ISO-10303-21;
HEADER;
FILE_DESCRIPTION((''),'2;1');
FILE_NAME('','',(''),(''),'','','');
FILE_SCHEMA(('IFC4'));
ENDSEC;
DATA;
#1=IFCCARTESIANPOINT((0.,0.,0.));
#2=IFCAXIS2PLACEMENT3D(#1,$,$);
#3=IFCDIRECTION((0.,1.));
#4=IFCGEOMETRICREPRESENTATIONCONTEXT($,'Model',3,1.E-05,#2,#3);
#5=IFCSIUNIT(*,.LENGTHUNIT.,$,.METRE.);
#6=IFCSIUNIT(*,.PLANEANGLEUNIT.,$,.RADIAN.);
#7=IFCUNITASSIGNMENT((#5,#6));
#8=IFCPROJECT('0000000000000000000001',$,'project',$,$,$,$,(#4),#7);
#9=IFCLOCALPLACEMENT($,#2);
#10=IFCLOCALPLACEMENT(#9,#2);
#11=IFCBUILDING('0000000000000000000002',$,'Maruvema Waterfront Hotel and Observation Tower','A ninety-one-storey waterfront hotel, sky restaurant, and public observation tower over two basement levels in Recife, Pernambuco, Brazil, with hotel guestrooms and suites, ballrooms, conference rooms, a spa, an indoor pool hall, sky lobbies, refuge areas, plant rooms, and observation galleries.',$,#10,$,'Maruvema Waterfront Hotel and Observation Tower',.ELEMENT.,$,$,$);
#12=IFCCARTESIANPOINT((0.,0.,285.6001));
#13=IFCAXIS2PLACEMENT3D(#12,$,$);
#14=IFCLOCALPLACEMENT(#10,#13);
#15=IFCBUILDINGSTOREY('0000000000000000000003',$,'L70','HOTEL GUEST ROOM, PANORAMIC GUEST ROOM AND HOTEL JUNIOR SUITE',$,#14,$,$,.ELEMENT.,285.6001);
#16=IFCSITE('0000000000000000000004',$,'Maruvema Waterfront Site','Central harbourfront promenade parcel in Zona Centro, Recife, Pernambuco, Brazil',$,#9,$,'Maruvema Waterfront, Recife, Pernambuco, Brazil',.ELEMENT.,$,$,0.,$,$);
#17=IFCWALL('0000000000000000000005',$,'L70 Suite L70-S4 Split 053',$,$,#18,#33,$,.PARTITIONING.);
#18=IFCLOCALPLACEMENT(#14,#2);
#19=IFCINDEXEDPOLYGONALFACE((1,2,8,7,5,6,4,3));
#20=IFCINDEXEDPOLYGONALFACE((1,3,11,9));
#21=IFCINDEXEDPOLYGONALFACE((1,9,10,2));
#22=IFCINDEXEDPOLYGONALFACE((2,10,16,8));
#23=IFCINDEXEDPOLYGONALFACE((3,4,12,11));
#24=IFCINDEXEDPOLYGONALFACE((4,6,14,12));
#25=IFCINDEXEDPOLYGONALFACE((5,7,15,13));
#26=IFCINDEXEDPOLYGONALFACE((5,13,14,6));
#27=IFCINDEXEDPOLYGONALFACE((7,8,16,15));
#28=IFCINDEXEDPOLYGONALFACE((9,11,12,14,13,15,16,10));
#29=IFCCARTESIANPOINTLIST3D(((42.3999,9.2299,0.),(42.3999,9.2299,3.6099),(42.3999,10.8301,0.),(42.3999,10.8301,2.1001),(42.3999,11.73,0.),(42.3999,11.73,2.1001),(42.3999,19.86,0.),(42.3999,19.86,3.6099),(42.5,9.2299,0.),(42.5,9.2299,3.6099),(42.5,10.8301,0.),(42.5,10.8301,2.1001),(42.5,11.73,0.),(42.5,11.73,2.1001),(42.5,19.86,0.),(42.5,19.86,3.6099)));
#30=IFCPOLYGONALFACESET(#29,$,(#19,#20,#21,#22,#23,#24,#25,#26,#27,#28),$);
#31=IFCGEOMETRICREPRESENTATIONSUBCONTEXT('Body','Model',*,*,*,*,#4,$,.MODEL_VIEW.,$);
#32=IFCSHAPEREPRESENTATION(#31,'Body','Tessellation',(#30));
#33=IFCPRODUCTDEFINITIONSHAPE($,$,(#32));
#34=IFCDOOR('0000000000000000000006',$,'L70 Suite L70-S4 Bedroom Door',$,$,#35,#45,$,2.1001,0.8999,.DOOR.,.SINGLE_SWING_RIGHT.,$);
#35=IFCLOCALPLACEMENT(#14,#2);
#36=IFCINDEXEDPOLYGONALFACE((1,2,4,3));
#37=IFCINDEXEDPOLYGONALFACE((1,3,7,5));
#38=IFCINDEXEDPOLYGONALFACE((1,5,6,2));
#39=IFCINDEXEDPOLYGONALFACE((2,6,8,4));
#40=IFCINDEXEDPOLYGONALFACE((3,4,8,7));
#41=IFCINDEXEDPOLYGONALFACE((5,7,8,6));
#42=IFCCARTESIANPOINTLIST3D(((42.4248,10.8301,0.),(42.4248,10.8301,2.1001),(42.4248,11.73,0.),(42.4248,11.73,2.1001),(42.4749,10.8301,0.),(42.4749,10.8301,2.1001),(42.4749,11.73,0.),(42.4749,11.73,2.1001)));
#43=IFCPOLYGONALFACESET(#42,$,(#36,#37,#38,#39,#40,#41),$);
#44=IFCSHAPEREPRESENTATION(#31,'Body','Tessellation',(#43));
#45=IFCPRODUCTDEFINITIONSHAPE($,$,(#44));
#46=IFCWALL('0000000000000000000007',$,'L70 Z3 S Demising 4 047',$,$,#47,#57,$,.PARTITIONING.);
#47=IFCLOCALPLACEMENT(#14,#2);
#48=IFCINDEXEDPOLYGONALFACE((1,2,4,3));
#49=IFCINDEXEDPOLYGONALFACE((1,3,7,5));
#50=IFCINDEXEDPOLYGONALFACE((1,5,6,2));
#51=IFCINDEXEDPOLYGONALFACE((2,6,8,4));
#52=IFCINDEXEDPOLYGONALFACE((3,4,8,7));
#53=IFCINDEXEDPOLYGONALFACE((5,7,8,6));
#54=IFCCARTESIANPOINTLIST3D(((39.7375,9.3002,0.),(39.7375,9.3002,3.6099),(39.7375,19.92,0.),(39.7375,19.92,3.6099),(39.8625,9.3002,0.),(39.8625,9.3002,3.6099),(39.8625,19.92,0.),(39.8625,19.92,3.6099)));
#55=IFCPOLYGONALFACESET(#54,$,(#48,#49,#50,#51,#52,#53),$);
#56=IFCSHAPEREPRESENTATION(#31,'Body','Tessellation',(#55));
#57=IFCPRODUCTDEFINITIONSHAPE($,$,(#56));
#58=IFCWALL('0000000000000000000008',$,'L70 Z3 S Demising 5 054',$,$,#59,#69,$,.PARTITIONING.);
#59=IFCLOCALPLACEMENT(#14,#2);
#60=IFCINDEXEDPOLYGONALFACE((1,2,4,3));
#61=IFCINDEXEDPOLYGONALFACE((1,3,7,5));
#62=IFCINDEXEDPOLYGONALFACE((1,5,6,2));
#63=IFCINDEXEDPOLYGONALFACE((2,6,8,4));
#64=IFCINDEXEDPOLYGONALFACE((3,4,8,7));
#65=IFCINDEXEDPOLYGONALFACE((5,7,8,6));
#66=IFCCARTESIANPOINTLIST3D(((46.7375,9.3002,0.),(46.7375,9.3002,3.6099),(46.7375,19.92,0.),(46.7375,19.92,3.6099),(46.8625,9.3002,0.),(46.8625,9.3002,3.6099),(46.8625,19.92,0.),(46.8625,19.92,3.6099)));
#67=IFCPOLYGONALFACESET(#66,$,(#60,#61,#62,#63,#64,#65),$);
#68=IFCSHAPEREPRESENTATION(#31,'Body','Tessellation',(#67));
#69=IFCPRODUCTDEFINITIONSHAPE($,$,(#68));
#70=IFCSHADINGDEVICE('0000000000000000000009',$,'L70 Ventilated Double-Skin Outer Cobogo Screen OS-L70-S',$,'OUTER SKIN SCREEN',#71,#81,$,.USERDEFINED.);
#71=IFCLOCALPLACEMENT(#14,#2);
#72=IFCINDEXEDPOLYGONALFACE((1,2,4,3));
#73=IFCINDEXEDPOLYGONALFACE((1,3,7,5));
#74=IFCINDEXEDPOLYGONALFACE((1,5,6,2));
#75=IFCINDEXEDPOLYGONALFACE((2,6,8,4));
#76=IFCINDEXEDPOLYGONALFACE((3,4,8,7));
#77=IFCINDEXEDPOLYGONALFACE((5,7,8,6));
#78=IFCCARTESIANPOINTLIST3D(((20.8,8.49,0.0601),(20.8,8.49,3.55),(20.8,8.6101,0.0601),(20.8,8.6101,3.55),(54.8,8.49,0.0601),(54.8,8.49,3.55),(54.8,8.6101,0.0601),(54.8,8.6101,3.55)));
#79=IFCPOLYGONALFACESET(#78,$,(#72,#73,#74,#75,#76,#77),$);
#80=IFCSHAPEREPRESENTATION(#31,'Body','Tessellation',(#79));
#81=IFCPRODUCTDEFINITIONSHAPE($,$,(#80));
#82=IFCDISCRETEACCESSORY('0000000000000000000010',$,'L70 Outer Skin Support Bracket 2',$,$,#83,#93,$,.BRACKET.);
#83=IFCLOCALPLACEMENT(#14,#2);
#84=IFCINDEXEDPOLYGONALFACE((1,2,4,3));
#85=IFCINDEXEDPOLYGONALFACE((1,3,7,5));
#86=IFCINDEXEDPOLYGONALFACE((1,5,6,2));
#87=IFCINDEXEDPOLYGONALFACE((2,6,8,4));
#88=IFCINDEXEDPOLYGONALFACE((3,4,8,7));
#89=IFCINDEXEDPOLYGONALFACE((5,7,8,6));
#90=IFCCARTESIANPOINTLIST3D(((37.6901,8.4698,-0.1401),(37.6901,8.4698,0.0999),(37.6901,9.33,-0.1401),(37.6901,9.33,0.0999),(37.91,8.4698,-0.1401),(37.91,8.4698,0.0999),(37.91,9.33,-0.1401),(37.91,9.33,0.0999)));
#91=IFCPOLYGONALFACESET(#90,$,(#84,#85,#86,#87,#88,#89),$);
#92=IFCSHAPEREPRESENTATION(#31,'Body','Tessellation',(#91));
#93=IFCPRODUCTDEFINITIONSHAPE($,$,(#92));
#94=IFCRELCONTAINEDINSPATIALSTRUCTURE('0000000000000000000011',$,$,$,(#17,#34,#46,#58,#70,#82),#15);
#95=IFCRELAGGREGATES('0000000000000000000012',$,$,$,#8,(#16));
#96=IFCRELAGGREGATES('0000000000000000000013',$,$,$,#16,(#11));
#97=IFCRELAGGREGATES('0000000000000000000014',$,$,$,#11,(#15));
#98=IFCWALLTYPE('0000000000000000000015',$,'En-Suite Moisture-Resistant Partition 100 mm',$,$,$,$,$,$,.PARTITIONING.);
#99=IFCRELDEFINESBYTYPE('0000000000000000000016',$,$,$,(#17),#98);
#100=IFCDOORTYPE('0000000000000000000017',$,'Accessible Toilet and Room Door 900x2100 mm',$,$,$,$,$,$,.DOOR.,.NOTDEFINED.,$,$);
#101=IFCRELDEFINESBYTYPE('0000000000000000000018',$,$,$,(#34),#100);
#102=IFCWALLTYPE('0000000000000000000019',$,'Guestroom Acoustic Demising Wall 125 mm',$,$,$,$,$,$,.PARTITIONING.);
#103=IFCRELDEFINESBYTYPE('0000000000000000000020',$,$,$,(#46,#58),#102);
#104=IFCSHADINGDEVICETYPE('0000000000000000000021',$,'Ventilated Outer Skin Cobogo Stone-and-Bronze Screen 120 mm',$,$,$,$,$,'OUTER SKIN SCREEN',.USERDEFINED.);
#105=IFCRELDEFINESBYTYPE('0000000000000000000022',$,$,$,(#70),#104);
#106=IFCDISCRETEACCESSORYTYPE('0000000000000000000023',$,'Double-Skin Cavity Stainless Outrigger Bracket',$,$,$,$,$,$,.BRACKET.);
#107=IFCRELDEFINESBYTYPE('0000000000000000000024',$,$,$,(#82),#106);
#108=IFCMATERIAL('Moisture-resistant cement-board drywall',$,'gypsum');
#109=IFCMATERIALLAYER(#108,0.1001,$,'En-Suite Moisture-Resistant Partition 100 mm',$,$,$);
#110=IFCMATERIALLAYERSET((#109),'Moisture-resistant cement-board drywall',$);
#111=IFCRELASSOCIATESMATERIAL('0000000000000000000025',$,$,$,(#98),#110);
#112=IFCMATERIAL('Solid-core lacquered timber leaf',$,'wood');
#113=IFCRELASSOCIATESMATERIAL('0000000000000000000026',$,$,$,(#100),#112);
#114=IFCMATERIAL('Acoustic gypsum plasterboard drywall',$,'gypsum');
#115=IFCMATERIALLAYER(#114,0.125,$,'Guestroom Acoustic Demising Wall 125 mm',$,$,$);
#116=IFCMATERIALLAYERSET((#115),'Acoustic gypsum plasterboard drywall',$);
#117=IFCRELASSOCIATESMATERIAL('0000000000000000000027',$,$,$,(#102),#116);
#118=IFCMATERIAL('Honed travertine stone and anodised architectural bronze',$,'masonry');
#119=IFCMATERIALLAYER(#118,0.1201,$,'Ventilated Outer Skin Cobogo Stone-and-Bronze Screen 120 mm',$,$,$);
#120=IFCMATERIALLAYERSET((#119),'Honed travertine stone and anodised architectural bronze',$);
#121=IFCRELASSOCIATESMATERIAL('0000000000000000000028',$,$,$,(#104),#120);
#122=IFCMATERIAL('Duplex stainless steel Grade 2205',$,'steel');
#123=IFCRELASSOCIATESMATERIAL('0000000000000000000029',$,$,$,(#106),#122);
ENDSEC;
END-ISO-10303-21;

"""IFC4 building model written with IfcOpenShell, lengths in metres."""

from ifc_helpers import new_model, si_unit, direction, frame, frame_2d, origin, origin_2d, place, context, subcontext, project, spatial, rectangle, extrude, material, layer, layer_set, type_object, element, fill, save


model = new_model("IFC4")

# Units and contexts
model_context = context("Model", 3, precision=1e-05, world=origin(), true_north=direction((0.0, 1.0)))
body_context = subcontext(model_context, "Body", "Model", "MODEL_VIEW")
ifc_project = project(units=[si_unit("LENGTHUNIT", "METRE"), si_unit("PLANEANGLEUNIT", "RADIAN")], contexts=[model_context])

# Site, building, storey
site_placement = place(None, origin())
site = spatial("IfcSite", under=ifc_project, at=site_placement, Name="Maruvema Waterfront Site", Description="Central harbourfront promenade parcel in Zona Centro, Recife, Pernambuco, Brazil", LongName="Maruvema Waterfront, Recife, Pernambuco, Brazil", CompositionType="ELEMENT", RefElevation=0.0)
building_placement = place(site_placement, origin())
building = spatial("IfcBuilding", under=site, at=building_placement, Name="Maruvema Waterfront Hotel and Observation Tower", Description="A ninety-one-storey waterfront hotel, sky restaurant, and public observation tower over two basement levels in Recife, Pernambuco, Brazil, with hotel guestrooms and suites, ballrooms, conference rooms, a spa, an indoor pool hall, sky lobbies, refuge areas, plant rooms, and observation galleries.", LongName="Maruvema Waterfront Hotel and Observation Tower", CompositionType="ELEMENT")
storey_placement = place(building_placement, frame((0.0, 0.0, 285.6001)))
storey = spatial("IfcBuildingStorey", under=building, at=storey_placement, Name="L70", Description="HOTEL GUEST ROOM, PANORAMIC GUEST ROOM AND HOTEL JUNIOR SUITE", CompositionType="ELEMENT", Elevation=285.6001)

# Shared definitions
ifc_material_1 = material(Name="Moisture-resistant cement-board drywall", Category="gypsum")
ifc_layer_1 = layer(ifc_material_1, 0.1001, Name="En-Suite Moisture-Resistant Partition 100 mm")
ifc_layer_set_1 = layer_set([ifc_layer_1], Name="Moisture-resistant cement-board drywall")
wall_type_1 = type_object("IfcWallType", Name="En-Suite Moisture-Resistant Partition 100 mm", PredefinedType="PARTITIONING", material=ifc_layer_set_1)

# Wall, opening, door
wall_1_placement = place(storey_placement, frame((42.45, 9.23, 0.0), z_axis=(0.0, 0.0, 1.0), x_axis=(0.0, 1.0, 0.0)))
wall_1 = element("IfcWall", 1, at=wall_1_placement, inside=storey, type_object=wall_type_1, Name="L70 Suite L70-S4 Split 053", PredefinedType="PARTITIONING", context=body_context, shape_type="SweptSolid", body=[
    extrude(rectangle(XDim=10.6301, YDim=0.1001, at=frame_2d((5.3149, 0.0))), origin(), (0.0, 0.0, 1.0), 3.6099),
])
opening_1_placement = place(wall_1_placement, frame((1.6001, 0.0, 0.0)))
opening_1 = element("IfcOpeningElement", 2, at=opening_1_placement, cuts=wall_1, PredefinedType="OPENING", context=body_context, shape_type="SweptSolid", body=[
    extrude(rectangle(XDim=0.8999, YDim=2.1001, at=frame_2d((0.45, 1.05))), frame((0.0, 0.0601, 0.0), z_axis=(0.0, -1.0, 0.0), x_axis=(1.0, 0.0, 0.0)), (0.0, 0.0, 1.0), 0.1201),
])
ifc_material_2 = material(Name="Solid-core lacquered timber leaf", Category="wood")
door_type_1 = type_object("IfcDoorType", Name="Accessible Toilet and Room Door 900x2100 mm", OperationType="NOTDEFINED", PredefinedType="DOOR", material=ifc_material_2)
door_1_placement = place(opening_1_placement, frame((0.8999, 0.0, 0.0), z_axis=(0.0, 0.0, 1.0), x_axis=(-1.0, 0.0, 0.0)))
door_1 = element("IfcDoor", 3, at=door_1_placement, inside=storey, type_object=door_type_1, Name="L70 Suite L70-S4 Bedroom Door", OperationType="SINGLE_SWING_RIGHT", OverallHeight=2.1001, OverallWidth=0.8999, PredefinedType="DOOR", context=body_context, shape_type="SweptSolid", body=[
    extrude(rectangle(XDim=0.8999, YDim=2.1001, at=frame_2d((0.45, 1.05))), frame((0.0, 0.0249, 0.0), z_axis=(0.0, -1.0, 0.0), x_axis=(1.0, 0.0, 0.0)), (0.0, 0.0, 1.0), 0.05),
])
fill(opening_1, door_1)

# Walls
ifc_material_3 = material(Name="Acoustic gypsum plasterboard drywall", Category="gypsum")
ifc_layer_2 = layer(ifc_material_3, 0.125, Name="Guestroom Acoustic Demising Wall 125 mm")
ifc_layer_set_2 = layer_set([ifc_layer_2], Name="Acoustic gypsum plasterboard drywall")
wall_type_2 = type_object("IfcWallType", Name="Guestroom Acoustic Demising Wall 125 mm", PredefinedType="PARTITIONING", material=ifc_layer_set_2)
for number, where, z_axis, x_axis, name in (
    (4, (39.8, 9.3, 0.0), (0.0, 0.0, 1.0), (0.0, 1.0, 0.0), "L70 Z3 S Demising 4 047"),
    (5, (46.8, 9.3, 0.0), (0.0, 0.0, 1.0), (0.0, 1.0, 0.0), "L70 Z3 S Demising 5 054"),
):
    element("IfcWall", number, at=place(storey_placement, frame(where, z_axis=z_axis, x_axis=x_axis)), inside=storey, type_object=wall_type_2, Name=name, PredefinedType="PARTITIONING", context=body_context, shape_type="SweptSolid", body=[
        extrude(rectangle(XDim=10.6199, YDim=0.125, at=frame_2d((5.3101, 0.0))), origin(), (0.0, 0.0, 1.0), 3.6099),
    ])

# Shading device
ifc_material_4 = material(Name="Honed travertine stone and anodised architectural bronze", Category="masonry")
ifc_layer_3 = layer(ifc_material_4, 0.1201, Name="Ventilated Outer Skin Cobogo Stone-and-Bronze Screen 120 mm")
ifc_layer_set_3 = layer_set([ifc_layer_3], Name="Honed travertine stone and anodised architectural bronze")
shading_device_type = type_object("IfcShadingDeviceType", Name="Ventilated Outer Skin Cobogo Stone-and-Bronze Screen 120 mm", ElementType="OUTER SKIN SCREEN", PredefinedType="USERDEFINED", material=ifc_layer_set_3)
shading_device_placement = place(storey_placement, frame((37.8, 8.55, 0.0601), z_axis=(0.0, 0.0, 1.0), x_axis=(1.0, 0.0, 0.0)))
element("IfcShadingDevice", 6, at=shading_device_placement, inside=storey, type_object=shading_device_type, Name="L70 Ventilated Double-Skin Outer Cobogo Screen OS-L70-S", ObjectType="OUTER SKIN SCREEN", PredefinedType="USERDEFINED", context=body_context, shape_type="SweptSolid", body=[
    extrude(rectangle(XDim=34.0, YDim=0.1201, at=origin_2d()), origin(), (0.0, 0.0, 1.0), 3.49),
])

# Discrete accessory
ifc_material_5 = material(Name="Duplex stainless steel Grade 2205", Category="steel")
discrete_accessory_type = type_object("IfcDiscreteAccessoryType", Name="Double-Skin Cavity Stainless Outrigger Bracket", PredefinedType="BRACKET", material=ifc_material_5)
discrete_accessory_placement = place(storey_placement, frame((37.8, 8.8999, -0.1401), z_axis=(0.0, 0.0, 1.0), x_axis=(1.0, 0.0, 0.0)))
element("IfcDiscreteAccessory", 7, at=discrete_accessory_placement, inside=storey, type_object=discrete_accessory_type, Name="L70 Outer Skin Support Bracket 2", PredefinedType="BRACKET", context=body_context, shape_type="SweptSolid", body=[
    extrude(rectangle(XDim=0.22, YDim=0.8601, at=origin_2d()), origin(), (0.0, 0.0, 1.0), 0.24),
])

save(model, "model.ifc")
